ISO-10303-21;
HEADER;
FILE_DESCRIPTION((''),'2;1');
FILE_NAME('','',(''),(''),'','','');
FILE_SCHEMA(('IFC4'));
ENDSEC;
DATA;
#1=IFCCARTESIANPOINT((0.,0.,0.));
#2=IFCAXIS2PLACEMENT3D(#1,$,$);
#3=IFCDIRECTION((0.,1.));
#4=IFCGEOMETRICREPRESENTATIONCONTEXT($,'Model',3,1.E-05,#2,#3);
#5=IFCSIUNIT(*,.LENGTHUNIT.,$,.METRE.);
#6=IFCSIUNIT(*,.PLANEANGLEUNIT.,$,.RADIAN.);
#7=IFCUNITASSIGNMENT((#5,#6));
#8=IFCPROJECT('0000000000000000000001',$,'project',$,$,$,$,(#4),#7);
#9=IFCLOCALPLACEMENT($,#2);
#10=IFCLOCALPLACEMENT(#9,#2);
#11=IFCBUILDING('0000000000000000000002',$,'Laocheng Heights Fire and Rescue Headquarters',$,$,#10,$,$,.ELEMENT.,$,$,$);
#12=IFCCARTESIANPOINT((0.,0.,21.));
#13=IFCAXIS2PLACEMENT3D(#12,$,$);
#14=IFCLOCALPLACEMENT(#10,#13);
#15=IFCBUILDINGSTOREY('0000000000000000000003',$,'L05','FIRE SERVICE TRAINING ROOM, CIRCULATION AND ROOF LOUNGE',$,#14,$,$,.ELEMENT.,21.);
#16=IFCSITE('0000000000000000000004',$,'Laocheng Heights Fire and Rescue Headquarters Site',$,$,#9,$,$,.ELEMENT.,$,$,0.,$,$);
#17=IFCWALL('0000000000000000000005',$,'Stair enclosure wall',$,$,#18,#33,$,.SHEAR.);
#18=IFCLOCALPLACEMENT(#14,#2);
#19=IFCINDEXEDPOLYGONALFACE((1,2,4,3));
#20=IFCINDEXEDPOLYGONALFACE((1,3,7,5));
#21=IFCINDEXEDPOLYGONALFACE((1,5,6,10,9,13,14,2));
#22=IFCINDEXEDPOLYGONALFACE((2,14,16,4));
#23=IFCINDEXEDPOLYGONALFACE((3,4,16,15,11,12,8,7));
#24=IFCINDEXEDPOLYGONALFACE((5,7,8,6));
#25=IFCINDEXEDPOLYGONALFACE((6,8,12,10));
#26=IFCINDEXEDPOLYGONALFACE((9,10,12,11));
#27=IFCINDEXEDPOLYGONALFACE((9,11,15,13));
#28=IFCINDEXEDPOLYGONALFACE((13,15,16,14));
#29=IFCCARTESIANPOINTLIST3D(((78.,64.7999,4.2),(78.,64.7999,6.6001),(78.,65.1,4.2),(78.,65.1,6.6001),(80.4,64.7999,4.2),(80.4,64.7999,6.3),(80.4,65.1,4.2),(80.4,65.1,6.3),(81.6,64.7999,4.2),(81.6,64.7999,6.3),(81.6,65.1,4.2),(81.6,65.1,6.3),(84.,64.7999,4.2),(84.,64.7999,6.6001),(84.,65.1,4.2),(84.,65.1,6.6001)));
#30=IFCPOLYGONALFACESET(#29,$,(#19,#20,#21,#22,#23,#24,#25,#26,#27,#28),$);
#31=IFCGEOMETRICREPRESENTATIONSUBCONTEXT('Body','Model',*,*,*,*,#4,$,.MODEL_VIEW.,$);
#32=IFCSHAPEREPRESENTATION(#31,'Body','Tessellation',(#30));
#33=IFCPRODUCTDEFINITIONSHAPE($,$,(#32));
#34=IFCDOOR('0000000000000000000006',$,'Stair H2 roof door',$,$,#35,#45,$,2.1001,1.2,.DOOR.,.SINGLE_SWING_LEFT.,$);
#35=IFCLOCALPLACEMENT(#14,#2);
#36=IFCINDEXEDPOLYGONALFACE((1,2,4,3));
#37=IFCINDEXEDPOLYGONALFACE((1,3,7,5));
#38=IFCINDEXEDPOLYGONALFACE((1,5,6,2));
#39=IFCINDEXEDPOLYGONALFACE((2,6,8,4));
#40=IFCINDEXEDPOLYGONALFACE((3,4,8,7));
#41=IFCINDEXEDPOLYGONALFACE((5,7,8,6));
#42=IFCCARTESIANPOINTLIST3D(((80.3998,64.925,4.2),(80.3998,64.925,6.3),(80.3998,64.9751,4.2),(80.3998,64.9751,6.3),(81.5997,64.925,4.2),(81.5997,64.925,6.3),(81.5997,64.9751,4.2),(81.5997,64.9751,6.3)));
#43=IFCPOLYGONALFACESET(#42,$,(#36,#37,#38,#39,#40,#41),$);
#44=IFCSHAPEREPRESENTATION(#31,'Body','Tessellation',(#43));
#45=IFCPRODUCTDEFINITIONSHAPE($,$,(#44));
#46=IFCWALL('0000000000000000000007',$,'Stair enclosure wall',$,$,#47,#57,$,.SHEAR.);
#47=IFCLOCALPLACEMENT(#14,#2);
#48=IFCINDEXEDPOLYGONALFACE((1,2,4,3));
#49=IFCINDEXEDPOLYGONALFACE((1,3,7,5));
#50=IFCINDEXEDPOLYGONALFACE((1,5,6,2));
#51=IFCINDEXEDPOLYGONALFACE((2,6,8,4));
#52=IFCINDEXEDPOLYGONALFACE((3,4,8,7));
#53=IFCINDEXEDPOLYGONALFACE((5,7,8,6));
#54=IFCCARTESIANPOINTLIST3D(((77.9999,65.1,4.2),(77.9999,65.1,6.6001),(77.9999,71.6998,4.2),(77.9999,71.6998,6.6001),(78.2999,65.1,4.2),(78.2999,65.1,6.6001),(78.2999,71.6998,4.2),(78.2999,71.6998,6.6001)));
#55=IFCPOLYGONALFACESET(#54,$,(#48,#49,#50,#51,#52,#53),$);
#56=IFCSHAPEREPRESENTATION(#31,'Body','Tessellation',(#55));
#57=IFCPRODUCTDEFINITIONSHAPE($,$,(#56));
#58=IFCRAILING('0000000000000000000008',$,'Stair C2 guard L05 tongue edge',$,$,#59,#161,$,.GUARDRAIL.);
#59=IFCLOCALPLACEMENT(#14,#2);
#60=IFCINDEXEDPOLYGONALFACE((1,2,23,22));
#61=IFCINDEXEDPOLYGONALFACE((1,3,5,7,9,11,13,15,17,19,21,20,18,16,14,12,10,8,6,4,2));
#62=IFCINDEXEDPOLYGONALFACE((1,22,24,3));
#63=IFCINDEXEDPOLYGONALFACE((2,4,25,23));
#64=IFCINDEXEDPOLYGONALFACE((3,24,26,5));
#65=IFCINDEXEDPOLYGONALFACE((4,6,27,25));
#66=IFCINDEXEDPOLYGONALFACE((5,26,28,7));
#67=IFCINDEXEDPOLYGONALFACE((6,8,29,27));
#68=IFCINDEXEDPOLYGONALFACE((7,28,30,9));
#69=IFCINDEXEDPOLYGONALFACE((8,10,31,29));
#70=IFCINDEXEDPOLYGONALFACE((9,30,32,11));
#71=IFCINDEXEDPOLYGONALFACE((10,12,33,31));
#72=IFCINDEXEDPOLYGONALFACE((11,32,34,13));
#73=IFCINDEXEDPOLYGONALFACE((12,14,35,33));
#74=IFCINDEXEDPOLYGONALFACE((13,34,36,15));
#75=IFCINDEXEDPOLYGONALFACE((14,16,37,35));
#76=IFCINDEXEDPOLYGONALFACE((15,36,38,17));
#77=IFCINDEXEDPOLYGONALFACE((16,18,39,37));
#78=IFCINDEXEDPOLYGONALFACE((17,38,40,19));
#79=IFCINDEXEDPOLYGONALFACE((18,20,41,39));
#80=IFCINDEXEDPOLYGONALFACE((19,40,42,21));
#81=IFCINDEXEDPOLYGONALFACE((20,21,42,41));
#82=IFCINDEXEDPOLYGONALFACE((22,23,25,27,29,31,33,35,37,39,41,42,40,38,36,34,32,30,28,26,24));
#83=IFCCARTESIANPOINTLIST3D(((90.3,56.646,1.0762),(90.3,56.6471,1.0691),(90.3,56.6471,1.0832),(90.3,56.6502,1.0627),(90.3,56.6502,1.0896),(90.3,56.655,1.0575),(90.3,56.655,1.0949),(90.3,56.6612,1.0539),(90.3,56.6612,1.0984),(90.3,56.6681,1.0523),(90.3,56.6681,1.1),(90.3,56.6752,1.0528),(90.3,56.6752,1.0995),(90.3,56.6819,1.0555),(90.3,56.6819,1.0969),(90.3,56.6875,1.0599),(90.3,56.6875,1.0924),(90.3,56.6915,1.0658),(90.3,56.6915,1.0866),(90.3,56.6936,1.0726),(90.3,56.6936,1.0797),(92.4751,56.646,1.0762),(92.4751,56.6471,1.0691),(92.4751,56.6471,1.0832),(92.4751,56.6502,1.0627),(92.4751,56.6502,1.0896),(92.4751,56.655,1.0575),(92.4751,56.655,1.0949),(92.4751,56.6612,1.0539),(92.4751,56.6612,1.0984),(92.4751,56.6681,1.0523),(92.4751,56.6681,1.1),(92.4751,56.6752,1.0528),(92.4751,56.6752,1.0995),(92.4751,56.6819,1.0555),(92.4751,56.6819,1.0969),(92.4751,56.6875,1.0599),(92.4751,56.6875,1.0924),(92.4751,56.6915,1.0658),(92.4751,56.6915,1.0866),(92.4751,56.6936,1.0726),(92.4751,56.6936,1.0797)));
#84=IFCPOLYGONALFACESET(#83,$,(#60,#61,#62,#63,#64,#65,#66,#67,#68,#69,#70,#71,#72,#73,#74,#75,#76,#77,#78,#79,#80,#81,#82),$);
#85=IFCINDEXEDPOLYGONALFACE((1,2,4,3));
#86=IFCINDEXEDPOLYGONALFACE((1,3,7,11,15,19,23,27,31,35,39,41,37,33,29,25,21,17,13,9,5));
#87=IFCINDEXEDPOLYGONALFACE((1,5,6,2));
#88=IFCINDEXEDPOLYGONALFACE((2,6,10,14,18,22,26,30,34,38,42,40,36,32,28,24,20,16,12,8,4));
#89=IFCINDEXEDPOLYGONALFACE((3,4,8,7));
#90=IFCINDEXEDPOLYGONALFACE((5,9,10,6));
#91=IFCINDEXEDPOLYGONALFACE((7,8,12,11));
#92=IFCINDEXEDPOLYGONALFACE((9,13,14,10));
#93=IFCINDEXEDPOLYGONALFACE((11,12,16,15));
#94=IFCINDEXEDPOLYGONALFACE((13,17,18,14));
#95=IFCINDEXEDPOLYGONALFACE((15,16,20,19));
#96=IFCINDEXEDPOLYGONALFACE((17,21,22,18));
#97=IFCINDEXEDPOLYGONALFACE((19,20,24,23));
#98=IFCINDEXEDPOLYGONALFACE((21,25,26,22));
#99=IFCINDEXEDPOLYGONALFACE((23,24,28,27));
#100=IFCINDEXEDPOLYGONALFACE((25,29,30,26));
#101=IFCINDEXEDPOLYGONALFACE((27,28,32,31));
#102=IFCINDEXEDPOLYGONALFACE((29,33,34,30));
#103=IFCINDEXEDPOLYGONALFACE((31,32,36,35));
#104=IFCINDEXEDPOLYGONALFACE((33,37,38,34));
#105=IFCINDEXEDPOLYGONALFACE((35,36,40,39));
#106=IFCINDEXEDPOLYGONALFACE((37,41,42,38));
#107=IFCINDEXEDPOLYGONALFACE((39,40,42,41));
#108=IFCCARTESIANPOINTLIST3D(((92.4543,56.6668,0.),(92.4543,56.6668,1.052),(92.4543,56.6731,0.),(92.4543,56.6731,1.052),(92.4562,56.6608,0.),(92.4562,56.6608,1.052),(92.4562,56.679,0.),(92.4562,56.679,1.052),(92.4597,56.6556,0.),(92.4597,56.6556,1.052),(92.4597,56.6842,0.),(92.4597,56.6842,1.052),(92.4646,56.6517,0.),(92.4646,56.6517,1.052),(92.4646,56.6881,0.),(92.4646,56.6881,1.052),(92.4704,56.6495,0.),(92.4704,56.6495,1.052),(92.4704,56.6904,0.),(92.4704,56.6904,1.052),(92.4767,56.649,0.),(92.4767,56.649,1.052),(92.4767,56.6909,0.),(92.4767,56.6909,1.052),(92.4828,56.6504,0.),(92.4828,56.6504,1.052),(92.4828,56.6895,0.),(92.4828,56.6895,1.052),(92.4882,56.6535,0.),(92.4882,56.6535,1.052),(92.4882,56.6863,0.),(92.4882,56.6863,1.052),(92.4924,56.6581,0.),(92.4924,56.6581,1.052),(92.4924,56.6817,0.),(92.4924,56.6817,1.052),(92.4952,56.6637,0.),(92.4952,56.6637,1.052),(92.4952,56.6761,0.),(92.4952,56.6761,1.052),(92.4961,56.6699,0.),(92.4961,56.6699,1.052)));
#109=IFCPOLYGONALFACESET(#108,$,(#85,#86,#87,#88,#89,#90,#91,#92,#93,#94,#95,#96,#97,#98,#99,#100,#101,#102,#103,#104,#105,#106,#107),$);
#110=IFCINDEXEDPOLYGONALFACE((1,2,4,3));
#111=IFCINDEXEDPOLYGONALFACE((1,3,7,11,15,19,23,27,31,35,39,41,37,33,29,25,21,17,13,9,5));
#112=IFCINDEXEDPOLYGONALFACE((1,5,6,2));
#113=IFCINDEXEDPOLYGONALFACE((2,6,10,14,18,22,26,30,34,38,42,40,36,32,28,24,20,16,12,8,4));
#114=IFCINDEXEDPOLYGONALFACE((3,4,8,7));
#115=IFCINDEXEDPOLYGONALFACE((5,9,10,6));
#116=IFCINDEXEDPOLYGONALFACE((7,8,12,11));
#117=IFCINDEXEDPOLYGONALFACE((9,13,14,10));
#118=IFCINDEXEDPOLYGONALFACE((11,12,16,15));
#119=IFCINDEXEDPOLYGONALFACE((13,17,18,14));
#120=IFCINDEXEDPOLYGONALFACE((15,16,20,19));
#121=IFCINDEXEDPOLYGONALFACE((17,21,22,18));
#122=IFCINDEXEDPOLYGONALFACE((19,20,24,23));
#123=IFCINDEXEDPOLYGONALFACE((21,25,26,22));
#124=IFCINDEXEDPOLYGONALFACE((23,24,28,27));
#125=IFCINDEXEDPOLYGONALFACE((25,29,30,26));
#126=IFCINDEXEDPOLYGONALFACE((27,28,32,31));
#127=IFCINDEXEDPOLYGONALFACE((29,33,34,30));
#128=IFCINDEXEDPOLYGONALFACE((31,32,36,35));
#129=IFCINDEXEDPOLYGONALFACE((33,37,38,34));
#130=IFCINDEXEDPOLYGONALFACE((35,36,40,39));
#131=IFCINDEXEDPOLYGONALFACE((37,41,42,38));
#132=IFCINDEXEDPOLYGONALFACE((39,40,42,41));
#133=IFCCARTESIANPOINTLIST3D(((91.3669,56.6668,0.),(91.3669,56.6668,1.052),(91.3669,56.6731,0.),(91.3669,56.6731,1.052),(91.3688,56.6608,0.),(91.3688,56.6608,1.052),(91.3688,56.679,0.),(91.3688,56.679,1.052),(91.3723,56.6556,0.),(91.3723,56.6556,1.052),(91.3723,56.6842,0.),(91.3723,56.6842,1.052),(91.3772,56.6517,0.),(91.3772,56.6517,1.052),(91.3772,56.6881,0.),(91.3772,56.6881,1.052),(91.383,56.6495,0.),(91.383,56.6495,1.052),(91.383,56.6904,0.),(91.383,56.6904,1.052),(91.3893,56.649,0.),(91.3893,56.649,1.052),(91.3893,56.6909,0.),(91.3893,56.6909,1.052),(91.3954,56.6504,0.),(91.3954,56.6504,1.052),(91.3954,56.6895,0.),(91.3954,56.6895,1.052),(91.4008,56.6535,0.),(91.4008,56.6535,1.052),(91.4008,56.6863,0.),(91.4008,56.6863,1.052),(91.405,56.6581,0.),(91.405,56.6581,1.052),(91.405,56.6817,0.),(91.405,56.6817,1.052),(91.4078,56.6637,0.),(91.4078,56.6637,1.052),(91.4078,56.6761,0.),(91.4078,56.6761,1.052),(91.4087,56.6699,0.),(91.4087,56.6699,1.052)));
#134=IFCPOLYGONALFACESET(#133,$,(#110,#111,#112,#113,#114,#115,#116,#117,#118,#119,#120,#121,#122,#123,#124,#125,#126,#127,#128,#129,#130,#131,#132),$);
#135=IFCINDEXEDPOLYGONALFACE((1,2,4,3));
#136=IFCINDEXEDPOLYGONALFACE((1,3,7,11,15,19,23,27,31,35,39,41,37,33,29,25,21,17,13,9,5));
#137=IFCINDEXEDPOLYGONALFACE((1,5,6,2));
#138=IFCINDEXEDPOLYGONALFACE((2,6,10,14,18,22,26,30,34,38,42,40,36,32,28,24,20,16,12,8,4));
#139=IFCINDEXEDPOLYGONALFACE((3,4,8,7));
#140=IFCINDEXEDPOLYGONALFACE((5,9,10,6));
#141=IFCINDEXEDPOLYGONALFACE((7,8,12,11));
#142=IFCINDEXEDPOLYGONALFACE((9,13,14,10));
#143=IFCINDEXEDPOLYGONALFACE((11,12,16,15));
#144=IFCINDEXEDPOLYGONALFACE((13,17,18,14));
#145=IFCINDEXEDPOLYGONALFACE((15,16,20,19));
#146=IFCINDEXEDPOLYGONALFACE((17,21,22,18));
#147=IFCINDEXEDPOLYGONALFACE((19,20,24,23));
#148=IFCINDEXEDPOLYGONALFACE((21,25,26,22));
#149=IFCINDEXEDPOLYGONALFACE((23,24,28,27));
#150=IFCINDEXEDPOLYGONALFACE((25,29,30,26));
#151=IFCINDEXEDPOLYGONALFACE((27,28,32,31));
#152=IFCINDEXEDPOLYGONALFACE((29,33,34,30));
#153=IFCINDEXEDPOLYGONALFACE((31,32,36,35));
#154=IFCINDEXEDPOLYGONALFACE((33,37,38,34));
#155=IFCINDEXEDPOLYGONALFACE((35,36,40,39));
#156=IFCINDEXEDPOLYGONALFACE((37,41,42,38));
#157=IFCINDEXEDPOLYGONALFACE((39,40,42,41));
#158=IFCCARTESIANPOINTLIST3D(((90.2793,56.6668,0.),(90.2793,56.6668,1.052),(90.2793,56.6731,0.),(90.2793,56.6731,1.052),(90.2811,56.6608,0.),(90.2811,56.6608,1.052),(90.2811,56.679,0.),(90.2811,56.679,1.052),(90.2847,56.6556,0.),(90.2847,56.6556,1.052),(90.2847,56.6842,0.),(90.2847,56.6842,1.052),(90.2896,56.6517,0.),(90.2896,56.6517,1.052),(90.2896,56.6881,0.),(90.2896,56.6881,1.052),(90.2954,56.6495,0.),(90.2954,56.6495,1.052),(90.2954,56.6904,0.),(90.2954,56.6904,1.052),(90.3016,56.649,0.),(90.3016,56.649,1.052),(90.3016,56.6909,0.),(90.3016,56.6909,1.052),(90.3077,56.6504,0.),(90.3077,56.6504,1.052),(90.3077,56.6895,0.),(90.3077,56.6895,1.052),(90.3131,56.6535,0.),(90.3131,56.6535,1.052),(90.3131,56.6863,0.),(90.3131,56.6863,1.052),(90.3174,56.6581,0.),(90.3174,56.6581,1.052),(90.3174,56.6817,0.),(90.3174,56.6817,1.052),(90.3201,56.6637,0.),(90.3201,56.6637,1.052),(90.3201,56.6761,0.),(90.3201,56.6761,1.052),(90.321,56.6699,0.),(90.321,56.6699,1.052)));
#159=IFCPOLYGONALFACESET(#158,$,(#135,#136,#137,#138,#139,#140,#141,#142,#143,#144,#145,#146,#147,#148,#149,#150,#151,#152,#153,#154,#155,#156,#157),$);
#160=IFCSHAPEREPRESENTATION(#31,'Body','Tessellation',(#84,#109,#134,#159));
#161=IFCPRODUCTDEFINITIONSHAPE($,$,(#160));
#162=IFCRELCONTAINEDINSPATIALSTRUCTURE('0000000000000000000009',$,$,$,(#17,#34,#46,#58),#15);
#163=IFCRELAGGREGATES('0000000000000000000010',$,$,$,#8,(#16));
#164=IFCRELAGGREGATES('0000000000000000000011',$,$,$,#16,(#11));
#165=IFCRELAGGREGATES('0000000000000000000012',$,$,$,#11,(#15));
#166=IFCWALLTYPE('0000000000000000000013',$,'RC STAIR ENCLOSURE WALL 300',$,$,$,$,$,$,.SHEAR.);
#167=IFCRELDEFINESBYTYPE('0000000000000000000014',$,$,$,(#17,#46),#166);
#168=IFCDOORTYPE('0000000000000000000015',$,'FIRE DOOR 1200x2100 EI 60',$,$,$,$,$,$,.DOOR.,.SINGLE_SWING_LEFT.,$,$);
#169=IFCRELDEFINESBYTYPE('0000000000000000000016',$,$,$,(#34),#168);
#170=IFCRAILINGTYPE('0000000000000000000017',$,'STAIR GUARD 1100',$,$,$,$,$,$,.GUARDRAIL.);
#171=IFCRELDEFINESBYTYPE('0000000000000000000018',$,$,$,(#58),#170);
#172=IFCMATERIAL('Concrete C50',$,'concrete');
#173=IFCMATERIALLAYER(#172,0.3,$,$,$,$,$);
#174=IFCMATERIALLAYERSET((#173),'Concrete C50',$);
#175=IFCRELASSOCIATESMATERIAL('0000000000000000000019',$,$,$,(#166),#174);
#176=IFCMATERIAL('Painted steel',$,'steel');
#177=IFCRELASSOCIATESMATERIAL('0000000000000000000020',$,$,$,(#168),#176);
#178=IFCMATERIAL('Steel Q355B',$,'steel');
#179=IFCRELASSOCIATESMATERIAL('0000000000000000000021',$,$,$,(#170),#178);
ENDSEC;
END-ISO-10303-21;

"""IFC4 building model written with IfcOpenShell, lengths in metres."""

from ifc_helpers import new_model, si_unit, direction, frame, frame_2d, origin, origin_2d, place, context, subcontext, project, spatial, rectangle, circle, extrude, material, layer, layer_set, type_object, element, fill, save


model = new_model("IFC4")

# Units and contexts
model_context = context("Model", 3, precision=1e-05, world=origin(), true_north=direction((0.0, 1.0)))
body_context = subcontext(model_context, "Body", "Model", "MODEL_VIEW")
ifc_project = project(units=[si_unit("LENGTHUNIT", "METRE"), si_unit("PLANEANGLEUNIT", "RADIAN")], contexts=[model_context])

# Site, building, storey
site_placement = place(None, origin())
site = spatial("IfcSite", under=ifc_project, at=site_placement, Name="Laocheng Heights Fire and Rescue Headquarters Site", CompositionType="ELEMENT", RefElevation=0.0)
building_placement = place(site_placement, origin())
building = spatial("IfcBuilding", under=site, at=building_placement, Name="Laocheng Heights Fire and Rescue Headquarters", CompositionType="ELEMENT")
storey_placement = place(building_placement, frame((0.0, 0.0, 21.0)))
storey = spatial("IfcBuildingStorey", under=building, at=storey_placement, Name="L05", Description="FIRE SERVICE TRAINING ROOM, CIRCULATION AND ROOF LOUNGE", CompositionType="ELEMENT", Elevation=21.0)

# Shared definitions
ifc_material_1 = material(Name="Concrete C50", Category="concrete")
ifc_layer_1 = layer(ifc_material_1, 0.3)
ifc_layer_set_1 = layer_set([ifc_layer_1], Name="Concrete C50")
wall_type_1 = type_object("IfcWallType", Name="RC STAIR ENCLOSURE WALL 300", PredefinedType="SHEAR", material=ifc_layer_set_1)

# Shared definitions
ifc_material_2 = material(Name="Painted steel", Category="steel")
door_type = type_object("IfcDoorType", Name="FIRE DOOR 1200x2100 EI 60", OperationType="SINGLE_SWING_LEFT", PredefinedType="DOOR", material=ifc_material_2)

# Wall, opening, door
wall_1_placement = place(storey_placement, frame((78.0, 64.95, 4.2), z_axis=(0.0, 0.0, 1.0), x_axis=(1.0, 0.0, 0.0)))
wall_1 = element("IfcWall", 1, at=wall_1_placement, inside=storey, type_object=wall_type_1, Name="Stair enclosure wall", PredefinedType="SHEAR", context=body_context, shape_type="SweptSolid", body=[
    extrude(rectangle(XDim=6.0, YDim=0.3, at=frame_2d((3.0, 0.0))), origin(), (0.0, 0.0, 1.0), 2.4001),
])
opening_1_placement = place(wall_1_placement, frame((2.3999, 0.0, 0.0)))
opening_1 = element("IfcOpeningElement", 2, at=opening_1_placement, cuts=wall_1, PredefinedType="OPENING", context=body_context, shape_type="SweptSolid", body=[
    extrude(rectangle(XDim=1.2, YDim=2.1001, at=frame_2d((0.6001, 1.05))), frame((0.0, 0.1599, 0.0), z_axis=(0.0, -1.0, 0.0), x_axis=(1.0, 0.0, 0.0)), (0.0, 0.0, 1.0), 0.3201),
])
door_1_placement = place(opening_1_placement, frame((1.2, 0.0, 0.0), z_axis=(0.0, 0.0, 1.0), x_axis=(-1.0, 0.0, 0.0)))
door_1 = element("IfcDoor", 3, at=door_1_placement, inside=storey, type_object=door_type, Name="Stair H2 roof door", OperationType="SINGLE_SWING_LEFT", OverallHeight=2.1001, OverallWidth=1.2, PredefinedType="DOOR", context=body_context, shape_type="SweptSolid", body=[
    extrude(rectangle(XDim=1.2, YDim=2.1001, at=frame_2d((0.6001, 1.05))), frame((0.0, 0.0249, 0.0), z_axis=(0.0, -1.0, 0.0), x_axis=(1.0, 0.0, 0.0)), (0.0, 0.0, 1.0), 0.05),
])
fill(opening_1, door_1)

# Wall
wall_2_placement = place(storey_placement, frame((78.1499, 65.1001, 4.2), z_axis=(0.0, 0.0, 1.0), x_axis=(0.0, 1.0, 0.0)))
element("IfcWall", 4, at=wall_2_placement, inside=storey, type_object=wall_type_1, Name="Stair enclosure wall", PredefinedType="SHEAR", context=body_context, shape_type="SweptSolid", body=[
    extrude(rectangle(XDim=6.5999, YDim=0.3, at=frame_2d((3.2998, 0.0))), origin(), (0.0, 0.0, 1.0), 2.4001),
])

# Railing
ifc_material_3 = material(Name="Steel Q355B", Category="steel")
railing_type = type_object("IfcRailingType", Name="STAIR GUARD 1100", PredefinedType="GUARDRAIL", material=ifc_material_3)
railing_1_placement = place(storey_placement, frame((92.4751, 56.6699, 0.0)))
element("IfcRailing", 5, at=railing_1_placement, inside=storey, type_object=railing_type, Name="Stair C2 guard L05 tongue edge", PredefinedType="GUARDRAIL", context=body_context, shape_type="SweptSolid", body=[
    extrude(circle(Radius=0.0239, at=origin_2d()), frame((0.0, 0.0, 1.0762), z_axis=(-1.0, 0.0, 0.0), x_axis=(0.0, -1.0, 0.0)), (0.0, 0.0, 1.0), 2.175),
    extrude(circle(Radius=0.021, at=origin_2d()), origin(), (0.0, 0.0, 1.0), 1.052),
    extrude(circle(Radius=0.021, at=origin_2d()), frame((-1.0874, 0.0, 0.0)), (0.0, 0.0, 1.0), 1.052),
    extrude(circle(Radius=0.021, at=origin_2d()), frame((-2.175, 0.0, 0.0)), (0.0, 0.0, 1.0), 1.052),
])

save(model, "model.ifc")
